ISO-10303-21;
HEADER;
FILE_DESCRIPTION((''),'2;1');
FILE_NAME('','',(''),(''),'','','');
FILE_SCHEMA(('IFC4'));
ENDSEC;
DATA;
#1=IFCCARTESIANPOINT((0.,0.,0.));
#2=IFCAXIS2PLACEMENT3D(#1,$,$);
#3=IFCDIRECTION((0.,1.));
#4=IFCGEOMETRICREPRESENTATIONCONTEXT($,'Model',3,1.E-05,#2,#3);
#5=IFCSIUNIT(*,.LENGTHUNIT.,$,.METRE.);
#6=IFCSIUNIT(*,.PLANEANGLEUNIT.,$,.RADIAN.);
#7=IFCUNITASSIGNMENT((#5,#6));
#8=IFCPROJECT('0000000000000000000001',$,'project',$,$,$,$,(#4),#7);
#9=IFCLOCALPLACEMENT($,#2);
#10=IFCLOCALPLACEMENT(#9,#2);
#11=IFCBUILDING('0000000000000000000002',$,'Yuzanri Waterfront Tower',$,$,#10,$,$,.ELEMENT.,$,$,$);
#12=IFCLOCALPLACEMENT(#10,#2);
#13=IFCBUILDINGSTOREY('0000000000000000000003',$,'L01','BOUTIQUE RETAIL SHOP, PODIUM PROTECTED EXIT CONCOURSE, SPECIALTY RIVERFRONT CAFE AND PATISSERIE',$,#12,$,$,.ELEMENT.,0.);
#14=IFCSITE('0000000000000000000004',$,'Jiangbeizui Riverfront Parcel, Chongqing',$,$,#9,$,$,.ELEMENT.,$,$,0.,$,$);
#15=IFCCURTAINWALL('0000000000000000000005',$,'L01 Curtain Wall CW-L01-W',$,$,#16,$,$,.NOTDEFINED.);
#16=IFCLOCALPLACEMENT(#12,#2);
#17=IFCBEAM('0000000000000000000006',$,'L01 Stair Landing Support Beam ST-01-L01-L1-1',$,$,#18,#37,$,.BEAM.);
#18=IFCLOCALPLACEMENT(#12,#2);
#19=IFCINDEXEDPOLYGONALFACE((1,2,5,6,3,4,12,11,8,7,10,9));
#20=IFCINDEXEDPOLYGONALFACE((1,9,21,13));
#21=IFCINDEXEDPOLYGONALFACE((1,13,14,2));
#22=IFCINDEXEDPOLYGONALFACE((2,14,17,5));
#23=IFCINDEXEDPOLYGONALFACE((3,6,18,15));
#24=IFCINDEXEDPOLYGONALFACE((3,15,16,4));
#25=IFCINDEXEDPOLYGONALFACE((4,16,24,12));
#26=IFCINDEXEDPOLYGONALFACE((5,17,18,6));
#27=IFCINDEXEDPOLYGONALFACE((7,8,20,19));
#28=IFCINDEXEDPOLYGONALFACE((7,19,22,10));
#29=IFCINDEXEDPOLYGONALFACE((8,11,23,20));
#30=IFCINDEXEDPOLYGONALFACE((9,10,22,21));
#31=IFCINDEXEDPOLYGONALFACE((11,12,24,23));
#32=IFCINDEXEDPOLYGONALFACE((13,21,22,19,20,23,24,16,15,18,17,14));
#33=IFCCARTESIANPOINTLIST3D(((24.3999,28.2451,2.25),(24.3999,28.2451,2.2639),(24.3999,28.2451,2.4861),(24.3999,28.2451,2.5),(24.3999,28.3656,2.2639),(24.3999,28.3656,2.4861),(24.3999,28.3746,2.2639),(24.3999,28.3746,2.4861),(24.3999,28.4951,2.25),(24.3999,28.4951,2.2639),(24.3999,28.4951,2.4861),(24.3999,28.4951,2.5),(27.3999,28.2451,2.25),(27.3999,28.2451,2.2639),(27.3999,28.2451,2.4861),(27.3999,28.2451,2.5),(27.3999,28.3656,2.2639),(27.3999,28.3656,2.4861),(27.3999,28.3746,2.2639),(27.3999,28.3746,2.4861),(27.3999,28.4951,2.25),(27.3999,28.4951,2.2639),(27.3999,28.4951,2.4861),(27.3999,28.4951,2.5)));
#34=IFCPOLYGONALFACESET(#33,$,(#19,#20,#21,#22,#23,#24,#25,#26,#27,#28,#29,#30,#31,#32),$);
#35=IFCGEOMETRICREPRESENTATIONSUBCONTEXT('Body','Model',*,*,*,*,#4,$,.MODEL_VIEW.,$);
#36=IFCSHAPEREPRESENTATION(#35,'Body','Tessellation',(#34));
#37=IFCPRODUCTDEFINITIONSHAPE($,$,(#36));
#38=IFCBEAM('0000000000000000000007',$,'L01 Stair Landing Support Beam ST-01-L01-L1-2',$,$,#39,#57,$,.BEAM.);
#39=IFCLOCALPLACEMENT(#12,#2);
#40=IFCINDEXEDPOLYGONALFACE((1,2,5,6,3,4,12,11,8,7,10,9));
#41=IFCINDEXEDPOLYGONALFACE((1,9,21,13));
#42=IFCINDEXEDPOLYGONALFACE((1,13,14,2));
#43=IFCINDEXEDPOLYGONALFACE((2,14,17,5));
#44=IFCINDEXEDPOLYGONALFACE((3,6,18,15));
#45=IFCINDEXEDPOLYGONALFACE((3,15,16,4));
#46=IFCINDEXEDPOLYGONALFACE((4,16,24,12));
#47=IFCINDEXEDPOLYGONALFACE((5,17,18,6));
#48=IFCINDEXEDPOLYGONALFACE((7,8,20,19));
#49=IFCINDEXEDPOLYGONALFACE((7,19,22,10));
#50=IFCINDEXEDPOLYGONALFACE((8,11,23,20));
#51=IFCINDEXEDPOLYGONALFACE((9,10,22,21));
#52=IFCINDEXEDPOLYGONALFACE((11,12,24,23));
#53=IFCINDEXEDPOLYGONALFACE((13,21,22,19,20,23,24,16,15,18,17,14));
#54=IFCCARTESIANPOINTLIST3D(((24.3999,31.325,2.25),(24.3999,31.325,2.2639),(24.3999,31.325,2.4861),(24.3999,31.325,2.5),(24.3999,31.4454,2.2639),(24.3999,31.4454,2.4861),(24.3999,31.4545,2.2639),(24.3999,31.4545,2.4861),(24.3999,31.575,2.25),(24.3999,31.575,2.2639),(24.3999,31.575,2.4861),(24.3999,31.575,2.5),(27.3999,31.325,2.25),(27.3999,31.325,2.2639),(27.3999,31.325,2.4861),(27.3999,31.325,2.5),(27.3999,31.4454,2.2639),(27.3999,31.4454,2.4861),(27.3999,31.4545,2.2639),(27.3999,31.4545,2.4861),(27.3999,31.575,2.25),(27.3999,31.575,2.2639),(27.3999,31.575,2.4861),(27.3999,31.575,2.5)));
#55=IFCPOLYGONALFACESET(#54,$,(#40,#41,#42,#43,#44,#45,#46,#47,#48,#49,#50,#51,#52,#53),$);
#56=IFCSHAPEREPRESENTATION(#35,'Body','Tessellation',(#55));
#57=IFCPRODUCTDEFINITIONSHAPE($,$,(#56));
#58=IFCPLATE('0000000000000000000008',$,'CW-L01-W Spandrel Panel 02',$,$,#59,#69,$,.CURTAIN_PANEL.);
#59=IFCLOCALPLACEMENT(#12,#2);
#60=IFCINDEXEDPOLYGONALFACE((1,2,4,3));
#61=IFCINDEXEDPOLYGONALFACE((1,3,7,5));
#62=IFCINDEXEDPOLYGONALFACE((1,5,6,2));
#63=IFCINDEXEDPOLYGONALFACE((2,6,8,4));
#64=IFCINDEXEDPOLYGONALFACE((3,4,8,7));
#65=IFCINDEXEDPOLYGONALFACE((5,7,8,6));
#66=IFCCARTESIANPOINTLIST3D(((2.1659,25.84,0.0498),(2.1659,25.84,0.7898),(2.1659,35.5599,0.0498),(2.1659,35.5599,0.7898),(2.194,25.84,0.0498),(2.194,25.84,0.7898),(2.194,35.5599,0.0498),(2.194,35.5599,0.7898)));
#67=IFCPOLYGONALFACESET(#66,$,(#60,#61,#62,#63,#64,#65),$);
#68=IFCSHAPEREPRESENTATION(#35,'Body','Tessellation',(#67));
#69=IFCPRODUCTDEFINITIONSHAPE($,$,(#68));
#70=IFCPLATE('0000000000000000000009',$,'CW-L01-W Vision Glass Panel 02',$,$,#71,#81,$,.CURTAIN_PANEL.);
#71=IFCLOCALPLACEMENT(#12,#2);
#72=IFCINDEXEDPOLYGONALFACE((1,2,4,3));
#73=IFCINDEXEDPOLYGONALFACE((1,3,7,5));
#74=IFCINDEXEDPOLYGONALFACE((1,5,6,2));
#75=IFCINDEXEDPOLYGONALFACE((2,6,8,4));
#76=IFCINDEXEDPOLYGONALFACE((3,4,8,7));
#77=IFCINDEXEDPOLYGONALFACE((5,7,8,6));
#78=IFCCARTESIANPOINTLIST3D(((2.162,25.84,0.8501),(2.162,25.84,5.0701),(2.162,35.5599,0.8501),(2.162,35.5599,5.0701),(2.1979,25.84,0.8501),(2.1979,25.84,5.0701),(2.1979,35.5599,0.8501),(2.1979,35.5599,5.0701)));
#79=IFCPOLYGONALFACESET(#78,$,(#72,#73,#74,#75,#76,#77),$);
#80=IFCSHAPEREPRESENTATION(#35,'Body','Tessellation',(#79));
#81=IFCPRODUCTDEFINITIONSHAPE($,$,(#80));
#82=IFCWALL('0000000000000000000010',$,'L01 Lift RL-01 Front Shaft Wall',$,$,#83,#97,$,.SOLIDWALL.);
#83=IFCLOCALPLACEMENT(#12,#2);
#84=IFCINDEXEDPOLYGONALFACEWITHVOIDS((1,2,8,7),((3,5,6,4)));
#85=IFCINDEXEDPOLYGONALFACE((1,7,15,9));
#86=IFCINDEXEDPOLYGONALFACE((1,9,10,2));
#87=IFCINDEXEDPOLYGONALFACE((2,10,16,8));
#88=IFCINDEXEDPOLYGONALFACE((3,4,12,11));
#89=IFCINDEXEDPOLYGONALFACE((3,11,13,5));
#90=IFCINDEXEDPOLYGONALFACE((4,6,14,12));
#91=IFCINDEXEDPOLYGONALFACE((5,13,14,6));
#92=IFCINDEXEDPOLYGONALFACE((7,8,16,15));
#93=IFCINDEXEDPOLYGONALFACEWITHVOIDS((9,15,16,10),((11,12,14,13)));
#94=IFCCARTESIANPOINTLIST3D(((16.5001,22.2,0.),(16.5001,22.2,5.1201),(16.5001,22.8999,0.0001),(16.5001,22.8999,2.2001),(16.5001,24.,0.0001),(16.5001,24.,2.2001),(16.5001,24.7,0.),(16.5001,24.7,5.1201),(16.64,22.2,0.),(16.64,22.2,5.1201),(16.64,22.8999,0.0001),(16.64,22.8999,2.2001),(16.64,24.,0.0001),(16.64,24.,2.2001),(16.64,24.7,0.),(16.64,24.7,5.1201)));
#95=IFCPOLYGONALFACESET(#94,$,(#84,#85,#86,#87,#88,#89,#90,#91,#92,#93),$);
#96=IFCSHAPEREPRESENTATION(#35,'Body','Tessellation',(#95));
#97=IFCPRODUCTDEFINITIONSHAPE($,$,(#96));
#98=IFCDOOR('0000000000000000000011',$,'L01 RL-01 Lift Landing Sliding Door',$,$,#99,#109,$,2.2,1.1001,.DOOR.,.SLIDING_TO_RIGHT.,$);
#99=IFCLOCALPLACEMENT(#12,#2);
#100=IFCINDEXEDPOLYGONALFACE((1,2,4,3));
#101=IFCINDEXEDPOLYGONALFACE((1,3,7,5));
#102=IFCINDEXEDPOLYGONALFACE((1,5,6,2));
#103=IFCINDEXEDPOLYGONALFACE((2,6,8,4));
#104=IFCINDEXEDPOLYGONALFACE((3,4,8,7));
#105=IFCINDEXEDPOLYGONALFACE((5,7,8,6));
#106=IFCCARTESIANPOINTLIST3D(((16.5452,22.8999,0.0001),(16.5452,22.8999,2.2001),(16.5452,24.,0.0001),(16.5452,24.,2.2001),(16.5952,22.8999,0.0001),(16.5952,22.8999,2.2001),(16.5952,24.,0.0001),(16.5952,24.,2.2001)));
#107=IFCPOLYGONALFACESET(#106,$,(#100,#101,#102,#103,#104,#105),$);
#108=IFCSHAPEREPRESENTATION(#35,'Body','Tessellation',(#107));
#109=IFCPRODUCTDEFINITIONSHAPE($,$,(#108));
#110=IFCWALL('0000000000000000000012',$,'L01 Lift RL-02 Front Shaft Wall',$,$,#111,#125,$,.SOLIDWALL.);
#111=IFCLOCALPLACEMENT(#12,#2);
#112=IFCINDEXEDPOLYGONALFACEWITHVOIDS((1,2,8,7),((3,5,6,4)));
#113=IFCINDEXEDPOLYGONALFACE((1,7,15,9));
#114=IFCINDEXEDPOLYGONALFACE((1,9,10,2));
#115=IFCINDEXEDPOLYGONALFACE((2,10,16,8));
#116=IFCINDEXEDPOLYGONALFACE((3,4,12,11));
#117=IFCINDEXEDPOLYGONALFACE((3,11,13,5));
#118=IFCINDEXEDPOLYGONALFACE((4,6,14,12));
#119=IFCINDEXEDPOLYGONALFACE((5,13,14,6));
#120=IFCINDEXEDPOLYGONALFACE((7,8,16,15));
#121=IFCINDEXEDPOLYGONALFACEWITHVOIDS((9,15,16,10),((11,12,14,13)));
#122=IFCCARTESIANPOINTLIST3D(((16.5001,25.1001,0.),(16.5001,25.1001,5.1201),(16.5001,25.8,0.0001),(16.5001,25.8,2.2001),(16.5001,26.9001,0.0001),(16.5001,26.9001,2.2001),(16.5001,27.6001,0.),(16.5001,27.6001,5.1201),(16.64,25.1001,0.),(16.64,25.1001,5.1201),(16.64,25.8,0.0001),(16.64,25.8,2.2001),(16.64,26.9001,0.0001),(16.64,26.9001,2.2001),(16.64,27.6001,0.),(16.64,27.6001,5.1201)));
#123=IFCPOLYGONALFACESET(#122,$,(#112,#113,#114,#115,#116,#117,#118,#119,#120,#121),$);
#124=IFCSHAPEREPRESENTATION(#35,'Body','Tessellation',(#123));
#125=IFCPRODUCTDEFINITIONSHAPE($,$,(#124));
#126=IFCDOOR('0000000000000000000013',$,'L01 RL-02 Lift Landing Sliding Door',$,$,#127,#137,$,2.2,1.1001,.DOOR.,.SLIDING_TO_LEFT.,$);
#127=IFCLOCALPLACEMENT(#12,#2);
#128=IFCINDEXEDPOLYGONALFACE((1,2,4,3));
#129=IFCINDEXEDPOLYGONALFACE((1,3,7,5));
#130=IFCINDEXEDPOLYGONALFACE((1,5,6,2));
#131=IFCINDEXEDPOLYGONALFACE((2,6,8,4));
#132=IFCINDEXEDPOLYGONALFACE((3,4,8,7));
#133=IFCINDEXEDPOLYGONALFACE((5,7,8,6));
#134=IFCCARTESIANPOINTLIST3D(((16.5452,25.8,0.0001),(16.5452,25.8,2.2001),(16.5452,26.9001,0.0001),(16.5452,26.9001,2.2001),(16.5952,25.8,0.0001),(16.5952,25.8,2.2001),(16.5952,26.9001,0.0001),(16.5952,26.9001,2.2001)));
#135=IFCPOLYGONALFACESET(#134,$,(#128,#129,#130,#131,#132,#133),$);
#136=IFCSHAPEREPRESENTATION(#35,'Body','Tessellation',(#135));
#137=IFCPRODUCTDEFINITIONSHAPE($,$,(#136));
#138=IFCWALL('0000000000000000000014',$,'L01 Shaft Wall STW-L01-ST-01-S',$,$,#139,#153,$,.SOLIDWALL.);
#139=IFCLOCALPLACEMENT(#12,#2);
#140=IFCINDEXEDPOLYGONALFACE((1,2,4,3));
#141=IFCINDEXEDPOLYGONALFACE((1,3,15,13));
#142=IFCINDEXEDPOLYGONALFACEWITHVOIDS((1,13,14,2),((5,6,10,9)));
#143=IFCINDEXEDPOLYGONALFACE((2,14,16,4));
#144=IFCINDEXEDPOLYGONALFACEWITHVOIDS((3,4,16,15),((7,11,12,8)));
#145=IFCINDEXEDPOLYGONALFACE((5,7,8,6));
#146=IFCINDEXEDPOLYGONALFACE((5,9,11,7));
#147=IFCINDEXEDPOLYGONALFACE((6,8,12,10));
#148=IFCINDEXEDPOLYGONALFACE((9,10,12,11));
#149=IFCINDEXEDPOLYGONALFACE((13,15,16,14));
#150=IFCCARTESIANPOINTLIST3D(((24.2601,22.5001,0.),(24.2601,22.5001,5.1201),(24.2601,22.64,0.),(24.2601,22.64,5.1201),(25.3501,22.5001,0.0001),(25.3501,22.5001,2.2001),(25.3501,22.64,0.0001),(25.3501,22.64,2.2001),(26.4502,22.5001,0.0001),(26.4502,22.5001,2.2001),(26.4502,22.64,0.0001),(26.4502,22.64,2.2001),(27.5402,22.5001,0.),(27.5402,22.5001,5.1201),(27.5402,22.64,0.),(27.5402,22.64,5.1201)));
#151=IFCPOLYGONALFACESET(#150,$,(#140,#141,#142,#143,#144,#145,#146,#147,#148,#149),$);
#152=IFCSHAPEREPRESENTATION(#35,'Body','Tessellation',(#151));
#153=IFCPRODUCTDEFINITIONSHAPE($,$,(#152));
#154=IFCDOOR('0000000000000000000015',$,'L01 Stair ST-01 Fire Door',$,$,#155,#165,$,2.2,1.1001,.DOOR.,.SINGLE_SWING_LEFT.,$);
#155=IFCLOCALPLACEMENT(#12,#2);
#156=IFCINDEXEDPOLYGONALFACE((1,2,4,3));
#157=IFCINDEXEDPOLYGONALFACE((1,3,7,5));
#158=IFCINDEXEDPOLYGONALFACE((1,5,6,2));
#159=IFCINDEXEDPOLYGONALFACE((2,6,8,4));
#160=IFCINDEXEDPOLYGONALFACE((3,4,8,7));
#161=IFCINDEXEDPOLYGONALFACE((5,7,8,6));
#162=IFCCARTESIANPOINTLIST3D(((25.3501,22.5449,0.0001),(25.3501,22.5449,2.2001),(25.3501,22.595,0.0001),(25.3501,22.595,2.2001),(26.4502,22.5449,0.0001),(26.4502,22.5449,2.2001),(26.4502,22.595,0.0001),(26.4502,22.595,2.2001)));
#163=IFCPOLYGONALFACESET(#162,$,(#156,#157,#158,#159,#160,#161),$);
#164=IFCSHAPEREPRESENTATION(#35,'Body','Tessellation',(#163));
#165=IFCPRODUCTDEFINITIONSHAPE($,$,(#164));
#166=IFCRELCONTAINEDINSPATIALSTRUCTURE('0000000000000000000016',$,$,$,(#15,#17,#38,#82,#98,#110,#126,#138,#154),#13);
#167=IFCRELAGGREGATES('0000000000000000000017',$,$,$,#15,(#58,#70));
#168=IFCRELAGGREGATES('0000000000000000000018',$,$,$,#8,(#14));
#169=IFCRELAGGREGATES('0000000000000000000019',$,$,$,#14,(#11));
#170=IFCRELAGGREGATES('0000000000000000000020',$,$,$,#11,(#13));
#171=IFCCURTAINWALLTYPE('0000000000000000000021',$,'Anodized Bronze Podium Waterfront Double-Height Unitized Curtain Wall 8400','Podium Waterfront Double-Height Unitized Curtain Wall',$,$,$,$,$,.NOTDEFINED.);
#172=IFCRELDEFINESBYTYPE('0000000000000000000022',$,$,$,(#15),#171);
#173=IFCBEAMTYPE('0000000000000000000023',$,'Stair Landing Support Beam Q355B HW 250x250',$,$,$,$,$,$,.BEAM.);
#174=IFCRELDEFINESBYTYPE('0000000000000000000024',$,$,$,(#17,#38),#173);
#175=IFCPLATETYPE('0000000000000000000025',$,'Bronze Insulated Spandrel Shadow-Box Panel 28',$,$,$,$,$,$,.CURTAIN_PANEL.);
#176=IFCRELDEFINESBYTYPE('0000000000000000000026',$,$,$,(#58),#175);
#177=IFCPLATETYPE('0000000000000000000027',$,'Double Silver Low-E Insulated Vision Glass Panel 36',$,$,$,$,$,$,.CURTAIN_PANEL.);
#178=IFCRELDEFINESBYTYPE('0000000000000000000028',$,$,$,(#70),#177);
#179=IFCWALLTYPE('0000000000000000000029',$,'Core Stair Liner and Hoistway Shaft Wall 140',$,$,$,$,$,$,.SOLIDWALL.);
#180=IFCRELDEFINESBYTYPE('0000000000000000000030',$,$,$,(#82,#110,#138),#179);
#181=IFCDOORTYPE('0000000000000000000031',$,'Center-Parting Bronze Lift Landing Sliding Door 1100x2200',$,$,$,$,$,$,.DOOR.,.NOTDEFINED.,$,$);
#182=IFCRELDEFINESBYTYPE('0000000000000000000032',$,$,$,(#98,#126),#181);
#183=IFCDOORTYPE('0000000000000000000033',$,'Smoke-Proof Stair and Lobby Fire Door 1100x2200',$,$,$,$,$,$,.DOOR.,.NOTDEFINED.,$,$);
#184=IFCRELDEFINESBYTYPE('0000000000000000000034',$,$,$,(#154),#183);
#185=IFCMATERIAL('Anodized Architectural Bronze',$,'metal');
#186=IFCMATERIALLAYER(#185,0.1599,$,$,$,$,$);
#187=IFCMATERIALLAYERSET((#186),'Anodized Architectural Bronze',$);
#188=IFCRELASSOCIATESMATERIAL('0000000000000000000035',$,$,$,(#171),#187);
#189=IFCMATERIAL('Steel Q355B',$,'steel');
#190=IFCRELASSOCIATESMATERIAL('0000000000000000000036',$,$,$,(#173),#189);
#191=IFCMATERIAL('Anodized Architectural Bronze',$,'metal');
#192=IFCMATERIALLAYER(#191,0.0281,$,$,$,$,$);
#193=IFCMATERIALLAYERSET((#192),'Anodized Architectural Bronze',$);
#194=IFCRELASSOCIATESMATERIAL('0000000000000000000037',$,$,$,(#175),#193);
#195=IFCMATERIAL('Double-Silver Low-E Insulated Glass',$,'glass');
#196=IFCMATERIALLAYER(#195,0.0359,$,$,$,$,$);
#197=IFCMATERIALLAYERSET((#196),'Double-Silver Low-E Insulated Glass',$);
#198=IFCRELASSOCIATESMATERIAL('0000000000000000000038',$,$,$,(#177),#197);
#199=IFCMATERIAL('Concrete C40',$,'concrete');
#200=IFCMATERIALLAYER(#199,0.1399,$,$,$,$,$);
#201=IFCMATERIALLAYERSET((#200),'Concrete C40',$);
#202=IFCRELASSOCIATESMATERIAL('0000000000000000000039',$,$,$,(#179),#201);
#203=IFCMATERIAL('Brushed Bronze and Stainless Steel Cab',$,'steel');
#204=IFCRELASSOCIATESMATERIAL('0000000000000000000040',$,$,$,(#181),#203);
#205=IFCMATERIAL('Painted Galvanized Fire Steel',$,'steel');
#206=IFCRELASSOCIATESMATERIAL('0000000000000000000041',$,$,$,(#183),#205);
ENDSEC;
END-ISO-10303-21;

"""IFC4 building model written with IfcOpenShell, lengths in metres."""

from ifc_helpers import new_model, si_unit, direction, frame, frame_2d, origin, origin_2d, place, context, subcontext, project, spatial, rectangle, i_section, extrude, source, transform, mapped, material, layer, layer_set, material_profile, profile_set, type_object, element, fill, aggregate, save


model = new_model("IFC4")

# Units and contexts
model_context = context("Model", 3, precision=1e-05, world=origin(), true_north=direction((0.0, 1.0)))
body_context = subcontext(model_context, "Body", "Model", "MODEL_VIEW")
ifc_project = project(units=[si_unit("LENGTHUNIT", "METRE"), si_unit("PLANEANGLEUNIT", "RADIAN")], contexts=[model_context])

# Site, building, storey
site_placement = place(None, origin())
site = spatial("IfcSite", under=ifc_project, at=site_placement, Name="Jiangbeizui Riverfront Parcel, Chongqing", CompositionType="ELEMENT", RefElevation=0.0)
building_placement = place(site_placement, origin())
building = spatial("IfcBuilding", under=site, at=building_placement, Name="Yuzanri Waterfront Tower", CompositionType="ELEMENT")
storey_placement = place(building_placement, origin())
storey = spatial("IfcBuildingStorey", under=building, at=storey_placement, Name="L01", Description="BOUTIQUE RETAIL SHOP, PODIUM PROTECTED EXIT CONCOURSE, SPECIALTY RIVERFRONT CAFE AND PATISSERIE", CompositionType="ELEMENT", Elevation=0.0)

# Curtain wall
ifc_material_1 = material(Name="Anodized Architectural Bronze", Category="metal")
ifc_layer_1 = layer(ifc_material_1, 0.1599)
ifc_layer_set_1 = layer_set([ifc_layer_1], Name="Anodized Architectural Bronze")
curtain_wall_type = type_object("IfcCurtainWallType", Name="Anodized Bronze Podium Waterfront Double-Height Unitized Curtain Wall 8400", Description="Podium Waterfront Double-Height Unitized Curtain Wall", PredefinedType="NOTDEFINED", material=ifc_layer_set_1)
curtain_wall_placement = place(storey_placement, origin())
curtain_wall = element("IfcCurtainWall", 1, at=curtain_wall_placement, inside=storey, type_object=curtain_wall_type, Name="L01 Curtain Wall CW-L01-W", PredefinedType="NOTDEFINED")

# Beams
ifc_material_2 = material(Name="Steel Q355B", Category="steel")
ifc_material_profile_1 = material_profile(ifc_material_2, i_section(OverallWidth=0.25, OverallDepth=0.25, WebThickness=0.009, FlangeThickness=0.0139, at=origin_2d()), Name="HW 250x250x9x14")
ifc_profile_set_1 = profile_set([ifc_material_profile_1], Name="Steel Q355B")
beam_type_1 = type_object("IfcBeamType", Name="Stair Landing Support Beam Q355B HW 250x250", PredefinedType="BEAM", material=ifc_profile_set_1)
shared_shape_1 = source(origin(), body_context, "Body", "SweptSolid", [
    extrude(i_section(OverallWidth=0.25, OverallDepth=0.25, WebThickness=0.009, FlangeThickness=0.0139, at=origin_2d()), origin(), (0.0, 0.0, 1.0), 3.0),
])
for number, where, z_axis, x_axis, name in (
    (2, (24.3999, 28.3701, 2.375), (1.0, 0.0, 0.0), (0.0, 1.0, 0.0), "L01 Stair Landing Support Beam ST-01-L01-L1-1"),
    (3, (24.3999, 31.45, 2.375), (1.0, 0.0, 0.0), (0.0, 1.0, 0.0), "L01 Stair Landing Support Beam ST-01-L01-L1-2"),
):
    element("IfcBeam", number, at=place(storey_placement, frame(where, z_axis=z_axis, x_axis=x_axis)), inside=storey, type_object=beam_type_1, Name=name, PredefinedType="BEAM", context=body_context, shape_type="MappedRepresentation", body=[
        mapped(shared_shape_1, transform((0.0, 0.0, 0.0), scale=1.0)),
    ])

# Plates
ifc_material_3 = material(Name="Anodized Architectural Bronze", Category="metal")
ifc_layer_2 = layer(ifc_material_3, 0.0281)
ifc_layer_set_2 = layer_set([ifc_layer_2], Name="Anodized Architectural Bronze")
plate_type_1 = type_object("IfcPlateType", Name="Bronze Insulated Spandrel Shadow-Box Panel 28", PredefinedType="CURTAIN_PANEL", material=ifc_layer_set_2)
shared_shape_2 = source(origin(), body_context, "Body", "SweptSolid", [
    extrude(rectangle(XDim=9.72, YDim=0.0281, at=origin_2d()), origin(), (0.0, 0.0, 1.0), 0.74),
])
plate_1_placement = place(storey_placement, frame((2.1799, 30.7, 0.0498), z_axis=(0.0, 0.0, 1.0), x_axis=(0.0, 1.0, 0.0)))
plate_1 = element("IfcPlate", 4, at=plate_1_placement, type_object=plate_type_1, Name="CW-L01-W Spandrel Panel 02", PredefinedType="CURTAIN_PANEL", context=body_context, shape_type="MappedRepresentation", body=[
    mapped(shared_shape_2, transform((0.0, 0.0, 0.0), scale=1.0)),
])
ifc_material_4 = material(Name="Double-Silver Low-E Insulated Glass", Category="glass")
ifc_layer_3 = layer(ifc_material_4, 0.0359)
ifc_layer_set_3 = layer_set([ifc_layer_3], Name="Double-Silver Low-E Insulated Glass")
plate_type_2 = type_object("IfcPlateType", Name="Double Silver Low-E Insulated Vision Glass Panel 36", PredefinedType="CURTAIN_PANEL", material=ifc_layer_set_3)
shared_shape_3 = source(origin(), body_context, "Body", "SweptSolid", [
    extrude(rectangle(XDim=9.72, YDim=0.0359, at=origin_2d()), origin(), (0.0, 0.0, 1.0), 4.22),
])
plate_2_placement = place(storey_placement, frame((2.1799, 30.7, 0.8501), z_axis=(0.0, 0.0, 1.0), x_axis=(0.0, 1.0, 0.0)))
plate_2 = element("IfcPlate", 5, at=plate_2_placement, type_object=plate_type_2, Name="CW-L01-W Vision Glass Panel 02", PredefinedType="CURTAIN_PANEL", context=body_context, shape_type="MappedRepresentation", body=[
    mapped(shared_shape_3, transform((0.0, 0.0, 0.0), scale=1.0)),
])
aggregate(curtain_wall, [plate_1, plate_2])

# Walls, openings, doors
ifc_material_5 = material(Name="Concrete C40", Category="concrete")
ifc_layer_4 = layer(ifc_material_5, 0.1399)
ifc_layer_set_4 = layer_set([ifc_layer_4], Name="Concrete C40")
wall_type_1 = type_object("IfcWallType", Name="Core Stair Liner and Hoistway Shaft Wall 140", PredefinedType="SOLIDWALL", material=ifc_layer_set_4)
wall_1_placement = place(storey_placement, frame((16.5701, 22.2, 0.0), z_axis=(0.0, 0.0, 1.0), x_axis=(0.0, 1.0, 0.0)))
wall_1 = element("IfcWall", 6, at=wall_1_placement, inside=storey, type_object=wall_type_1, Name="L01 Lift RL-01 Front Shaft Wall", PredefinedType="SOLIDWALL", context=body_context, shape_type="SweptSolid", body=[
    extrude(rectangle(XDim=2.5, YDim=0.1399, at=frame_2d((1.25, 0.0))), origin(), (0.0, 0.0, 1.0), 5.1201),
])
opening_1_placement = place(wall_1_placement, frame((0.7, 0.0, 0.0)))
opening_1 = element("IfcOpeningElement", 7, at=opening_1_placement, cuts=wall_1, PredefinedType="OPENING", context=body_context, shape_type="SweptSolid", body=[
    extrude(rectangle(XDim=1.1001, YDim=2.2, at=frame_2d((0.55, 1.1001))), frame((0.0, 0.085, 0.0), z_axis=(0.0, -1.0, 0.0), x_axis=(1.0, 0.0, 0.0)), (0.0, 0.0, 1.0), 0.1697),
])
ifc_material_6 = material(Name="Brushed Bronze and Stainless Steel Cab", Category="steel")
door_type_1 = type_object("IfcDoorType", Name="Center-Parting Bronze Lift Landing Sliding Door 1100x2200", OperationType="NOTDEFINED", PredefinedType="DOOR", material=ifc_material_6)
shared_shape_4 = source(origin(), body_context, "Body", "SweptSolid", [
    extrude(rectangle(XDim=1.1001, YDim=2.2, at=frame_2d((0.55, 1.1001))), frame((0.0, 0.0249, 0.0), z_axis=(0.0, -1.0, 0.0), x_axis=(1.0, 0.0, 0.0)), (0.0, 0.0, 1.0), 0.05),
])
door_1_placement = place(opening_1_placement, origin())
door_1 = element("IfcDoor", 8, at=door_1_placement, inside=storey, type_object=door_type_1, Name="L01 RL-01 Lift Landing Sliding Door", OperationType="SLIDING_TO_RIGHT", OverallHeight=2.2, OverallWidth=1.1001, PredefinedType="DOOR", context=body_context, shape_type="MappedRepresentation", body=[
    mapped(shared_shape_4, transform((0.0, 0.0, 0.0), scale=1.0)),
])
fill(opening_1, door_1)
wall_2_placement = place(storey_placement, frame((16.5701, 25.1001, 0.0), z_axis=(0.0, 0.0, 1.0), x_axis=(0.0, 1.0, 0.0)))
wall_2 = element("IfcWall", 9, at=wall_2_placement, inside=storey, type_object=wall_type_1, Name="L01 Lift RL-02 Front Shaft Wall", PredefinedType="SOLIDWALL", context=body_context, shape_type="SweptSolid", body=[
    extrude(rectangle(XDim=2.5, YDim=0.1399, at=frame_2d((1.25, 0.0))), origin(), (0.0, 0.0, 1.0), 5.1201),
])
opening_2_placement = place(wall_2_placement, frame((0.7, 0.0, 0.0)))
opening_2 = element("IfcOpeningElement", 10, at=opening_2_placement, cuts=wall_2, PredefinedType="OPENING", context=body_context, shape_type="SweptSolid", body=[
    extrude(rectangle(XDim=1.1001, YDim=2.2, at=frame_2d((0.55, 1.1001))), frame((0.0, 0.085, 0.0), z_axis=(0.0, -1.0, 0.0), x_axis=(1.0, 0.0, 0.0)), (0.0, 0.0, 1.0), 0.1697),
])
door_2_placement = place(opening_2_placement, origin())
door_2 = element("IfcDoor", 11, at=door_2_placement, inside=storey, type_object=door_type_1, Name="L01 RL-02 Lift Landing Sliding Door", OperationType="SLIDING_TO_LEFT", OverallHeight=2.2, OverallWidth=1.1001, PredefinedType="DOOR", context=body_context, shape_type="MappedRepresentation", body=[
    mapped(shared_shape_4, transform((0.0, 0.0, 0.0), scale=1.0)),
])
fill(opening_2, door_2)
wall_3_placement = place(storey_placement, frame((24.26, 22.5701, 0.0), z_axis=(0.0, 0.0, 1.0), x_axis=(1.0, 0.0, 0.0)))
wall_3 = element("IfcWall", 12, at=wall_3_placement, inside=storey, type_object=wall_type_1, Name="L01 Shaft Wall STW-L01-ST-01-S", PredefinedType="SOLIDWALL", context=body_context, shape_type="SweptSolid", body=[
    extrude(rectangle(XDim=3.28, YDim=0.1399, at=frame_2d((1.6401, 0.0))), origin(), (0.0, 0.0, 1.0), 5.1201),
])
opening_3_placement = place(wall_3_placement, frame((1.0901, 0.0, 0.0)))
opening_3 = element("IfcOpeningElement", 13, at=opening_3_placement, cuts=wall_3, PredefinedType="OPENING", context=body_context, shape_type="SweptSolid", body=[
    extrude(rectangle(XDim=1.1001, YDim=2.2, at=frame_2d((0.55, 1.1001))), frame((0.0, 0.085, 0.0), z_axis=(0.0, -1.0, 0.0), x_axis=(1.0, 0.0, 0.0)), (0.0, 0.0, 1.0), 0.1697),
])
ifc_material_7 = material(Name="Painted Galvanized Fire Steel", Category="steel")
door_type_2 = type_object("IfcDoorType", Name="Smoke-Proof Stair and Lobby Fire Door 1100x2200", OperationType="NOTDEFINED", PredefinedType="DOOR", material=ifc_material_7)
shared_shape_5 = source(origin(), body_context, "Body", "SweptSolid", [
    extrude(rectangle(XDim=1.1001, YDim=2.2, at=frame_2d((0.55, 1.1001))), frame((0.0, 0.0249, 0.0), z_axis=(0.0, -1.0, 0.0), x_axis=(1.0, 0.0, 0.0)), (0.0, 0.0, 1.0), 0.05),
])
door_3_placement = place(opening_3_placement, origin())
door_3 = element("IfcDoor", 14, at=door_3_placement, inside=storey, type_object=door_type_2, Name="L01 Stair ST-01 Fire Door", OperationType="SINGLE_SWING_LEFT", OverallHeight=2.2, OverallWidth=1.1001, PredefinedType="DOOR", context=body_context, shape_type="MappedRepresentation", body=[
    mapped(shared_shape_5, transform((0.0, 0.0, 0.0), scale=1.0)),
])
fill(opening_3, door_3)

save(model, "model.ifc")
